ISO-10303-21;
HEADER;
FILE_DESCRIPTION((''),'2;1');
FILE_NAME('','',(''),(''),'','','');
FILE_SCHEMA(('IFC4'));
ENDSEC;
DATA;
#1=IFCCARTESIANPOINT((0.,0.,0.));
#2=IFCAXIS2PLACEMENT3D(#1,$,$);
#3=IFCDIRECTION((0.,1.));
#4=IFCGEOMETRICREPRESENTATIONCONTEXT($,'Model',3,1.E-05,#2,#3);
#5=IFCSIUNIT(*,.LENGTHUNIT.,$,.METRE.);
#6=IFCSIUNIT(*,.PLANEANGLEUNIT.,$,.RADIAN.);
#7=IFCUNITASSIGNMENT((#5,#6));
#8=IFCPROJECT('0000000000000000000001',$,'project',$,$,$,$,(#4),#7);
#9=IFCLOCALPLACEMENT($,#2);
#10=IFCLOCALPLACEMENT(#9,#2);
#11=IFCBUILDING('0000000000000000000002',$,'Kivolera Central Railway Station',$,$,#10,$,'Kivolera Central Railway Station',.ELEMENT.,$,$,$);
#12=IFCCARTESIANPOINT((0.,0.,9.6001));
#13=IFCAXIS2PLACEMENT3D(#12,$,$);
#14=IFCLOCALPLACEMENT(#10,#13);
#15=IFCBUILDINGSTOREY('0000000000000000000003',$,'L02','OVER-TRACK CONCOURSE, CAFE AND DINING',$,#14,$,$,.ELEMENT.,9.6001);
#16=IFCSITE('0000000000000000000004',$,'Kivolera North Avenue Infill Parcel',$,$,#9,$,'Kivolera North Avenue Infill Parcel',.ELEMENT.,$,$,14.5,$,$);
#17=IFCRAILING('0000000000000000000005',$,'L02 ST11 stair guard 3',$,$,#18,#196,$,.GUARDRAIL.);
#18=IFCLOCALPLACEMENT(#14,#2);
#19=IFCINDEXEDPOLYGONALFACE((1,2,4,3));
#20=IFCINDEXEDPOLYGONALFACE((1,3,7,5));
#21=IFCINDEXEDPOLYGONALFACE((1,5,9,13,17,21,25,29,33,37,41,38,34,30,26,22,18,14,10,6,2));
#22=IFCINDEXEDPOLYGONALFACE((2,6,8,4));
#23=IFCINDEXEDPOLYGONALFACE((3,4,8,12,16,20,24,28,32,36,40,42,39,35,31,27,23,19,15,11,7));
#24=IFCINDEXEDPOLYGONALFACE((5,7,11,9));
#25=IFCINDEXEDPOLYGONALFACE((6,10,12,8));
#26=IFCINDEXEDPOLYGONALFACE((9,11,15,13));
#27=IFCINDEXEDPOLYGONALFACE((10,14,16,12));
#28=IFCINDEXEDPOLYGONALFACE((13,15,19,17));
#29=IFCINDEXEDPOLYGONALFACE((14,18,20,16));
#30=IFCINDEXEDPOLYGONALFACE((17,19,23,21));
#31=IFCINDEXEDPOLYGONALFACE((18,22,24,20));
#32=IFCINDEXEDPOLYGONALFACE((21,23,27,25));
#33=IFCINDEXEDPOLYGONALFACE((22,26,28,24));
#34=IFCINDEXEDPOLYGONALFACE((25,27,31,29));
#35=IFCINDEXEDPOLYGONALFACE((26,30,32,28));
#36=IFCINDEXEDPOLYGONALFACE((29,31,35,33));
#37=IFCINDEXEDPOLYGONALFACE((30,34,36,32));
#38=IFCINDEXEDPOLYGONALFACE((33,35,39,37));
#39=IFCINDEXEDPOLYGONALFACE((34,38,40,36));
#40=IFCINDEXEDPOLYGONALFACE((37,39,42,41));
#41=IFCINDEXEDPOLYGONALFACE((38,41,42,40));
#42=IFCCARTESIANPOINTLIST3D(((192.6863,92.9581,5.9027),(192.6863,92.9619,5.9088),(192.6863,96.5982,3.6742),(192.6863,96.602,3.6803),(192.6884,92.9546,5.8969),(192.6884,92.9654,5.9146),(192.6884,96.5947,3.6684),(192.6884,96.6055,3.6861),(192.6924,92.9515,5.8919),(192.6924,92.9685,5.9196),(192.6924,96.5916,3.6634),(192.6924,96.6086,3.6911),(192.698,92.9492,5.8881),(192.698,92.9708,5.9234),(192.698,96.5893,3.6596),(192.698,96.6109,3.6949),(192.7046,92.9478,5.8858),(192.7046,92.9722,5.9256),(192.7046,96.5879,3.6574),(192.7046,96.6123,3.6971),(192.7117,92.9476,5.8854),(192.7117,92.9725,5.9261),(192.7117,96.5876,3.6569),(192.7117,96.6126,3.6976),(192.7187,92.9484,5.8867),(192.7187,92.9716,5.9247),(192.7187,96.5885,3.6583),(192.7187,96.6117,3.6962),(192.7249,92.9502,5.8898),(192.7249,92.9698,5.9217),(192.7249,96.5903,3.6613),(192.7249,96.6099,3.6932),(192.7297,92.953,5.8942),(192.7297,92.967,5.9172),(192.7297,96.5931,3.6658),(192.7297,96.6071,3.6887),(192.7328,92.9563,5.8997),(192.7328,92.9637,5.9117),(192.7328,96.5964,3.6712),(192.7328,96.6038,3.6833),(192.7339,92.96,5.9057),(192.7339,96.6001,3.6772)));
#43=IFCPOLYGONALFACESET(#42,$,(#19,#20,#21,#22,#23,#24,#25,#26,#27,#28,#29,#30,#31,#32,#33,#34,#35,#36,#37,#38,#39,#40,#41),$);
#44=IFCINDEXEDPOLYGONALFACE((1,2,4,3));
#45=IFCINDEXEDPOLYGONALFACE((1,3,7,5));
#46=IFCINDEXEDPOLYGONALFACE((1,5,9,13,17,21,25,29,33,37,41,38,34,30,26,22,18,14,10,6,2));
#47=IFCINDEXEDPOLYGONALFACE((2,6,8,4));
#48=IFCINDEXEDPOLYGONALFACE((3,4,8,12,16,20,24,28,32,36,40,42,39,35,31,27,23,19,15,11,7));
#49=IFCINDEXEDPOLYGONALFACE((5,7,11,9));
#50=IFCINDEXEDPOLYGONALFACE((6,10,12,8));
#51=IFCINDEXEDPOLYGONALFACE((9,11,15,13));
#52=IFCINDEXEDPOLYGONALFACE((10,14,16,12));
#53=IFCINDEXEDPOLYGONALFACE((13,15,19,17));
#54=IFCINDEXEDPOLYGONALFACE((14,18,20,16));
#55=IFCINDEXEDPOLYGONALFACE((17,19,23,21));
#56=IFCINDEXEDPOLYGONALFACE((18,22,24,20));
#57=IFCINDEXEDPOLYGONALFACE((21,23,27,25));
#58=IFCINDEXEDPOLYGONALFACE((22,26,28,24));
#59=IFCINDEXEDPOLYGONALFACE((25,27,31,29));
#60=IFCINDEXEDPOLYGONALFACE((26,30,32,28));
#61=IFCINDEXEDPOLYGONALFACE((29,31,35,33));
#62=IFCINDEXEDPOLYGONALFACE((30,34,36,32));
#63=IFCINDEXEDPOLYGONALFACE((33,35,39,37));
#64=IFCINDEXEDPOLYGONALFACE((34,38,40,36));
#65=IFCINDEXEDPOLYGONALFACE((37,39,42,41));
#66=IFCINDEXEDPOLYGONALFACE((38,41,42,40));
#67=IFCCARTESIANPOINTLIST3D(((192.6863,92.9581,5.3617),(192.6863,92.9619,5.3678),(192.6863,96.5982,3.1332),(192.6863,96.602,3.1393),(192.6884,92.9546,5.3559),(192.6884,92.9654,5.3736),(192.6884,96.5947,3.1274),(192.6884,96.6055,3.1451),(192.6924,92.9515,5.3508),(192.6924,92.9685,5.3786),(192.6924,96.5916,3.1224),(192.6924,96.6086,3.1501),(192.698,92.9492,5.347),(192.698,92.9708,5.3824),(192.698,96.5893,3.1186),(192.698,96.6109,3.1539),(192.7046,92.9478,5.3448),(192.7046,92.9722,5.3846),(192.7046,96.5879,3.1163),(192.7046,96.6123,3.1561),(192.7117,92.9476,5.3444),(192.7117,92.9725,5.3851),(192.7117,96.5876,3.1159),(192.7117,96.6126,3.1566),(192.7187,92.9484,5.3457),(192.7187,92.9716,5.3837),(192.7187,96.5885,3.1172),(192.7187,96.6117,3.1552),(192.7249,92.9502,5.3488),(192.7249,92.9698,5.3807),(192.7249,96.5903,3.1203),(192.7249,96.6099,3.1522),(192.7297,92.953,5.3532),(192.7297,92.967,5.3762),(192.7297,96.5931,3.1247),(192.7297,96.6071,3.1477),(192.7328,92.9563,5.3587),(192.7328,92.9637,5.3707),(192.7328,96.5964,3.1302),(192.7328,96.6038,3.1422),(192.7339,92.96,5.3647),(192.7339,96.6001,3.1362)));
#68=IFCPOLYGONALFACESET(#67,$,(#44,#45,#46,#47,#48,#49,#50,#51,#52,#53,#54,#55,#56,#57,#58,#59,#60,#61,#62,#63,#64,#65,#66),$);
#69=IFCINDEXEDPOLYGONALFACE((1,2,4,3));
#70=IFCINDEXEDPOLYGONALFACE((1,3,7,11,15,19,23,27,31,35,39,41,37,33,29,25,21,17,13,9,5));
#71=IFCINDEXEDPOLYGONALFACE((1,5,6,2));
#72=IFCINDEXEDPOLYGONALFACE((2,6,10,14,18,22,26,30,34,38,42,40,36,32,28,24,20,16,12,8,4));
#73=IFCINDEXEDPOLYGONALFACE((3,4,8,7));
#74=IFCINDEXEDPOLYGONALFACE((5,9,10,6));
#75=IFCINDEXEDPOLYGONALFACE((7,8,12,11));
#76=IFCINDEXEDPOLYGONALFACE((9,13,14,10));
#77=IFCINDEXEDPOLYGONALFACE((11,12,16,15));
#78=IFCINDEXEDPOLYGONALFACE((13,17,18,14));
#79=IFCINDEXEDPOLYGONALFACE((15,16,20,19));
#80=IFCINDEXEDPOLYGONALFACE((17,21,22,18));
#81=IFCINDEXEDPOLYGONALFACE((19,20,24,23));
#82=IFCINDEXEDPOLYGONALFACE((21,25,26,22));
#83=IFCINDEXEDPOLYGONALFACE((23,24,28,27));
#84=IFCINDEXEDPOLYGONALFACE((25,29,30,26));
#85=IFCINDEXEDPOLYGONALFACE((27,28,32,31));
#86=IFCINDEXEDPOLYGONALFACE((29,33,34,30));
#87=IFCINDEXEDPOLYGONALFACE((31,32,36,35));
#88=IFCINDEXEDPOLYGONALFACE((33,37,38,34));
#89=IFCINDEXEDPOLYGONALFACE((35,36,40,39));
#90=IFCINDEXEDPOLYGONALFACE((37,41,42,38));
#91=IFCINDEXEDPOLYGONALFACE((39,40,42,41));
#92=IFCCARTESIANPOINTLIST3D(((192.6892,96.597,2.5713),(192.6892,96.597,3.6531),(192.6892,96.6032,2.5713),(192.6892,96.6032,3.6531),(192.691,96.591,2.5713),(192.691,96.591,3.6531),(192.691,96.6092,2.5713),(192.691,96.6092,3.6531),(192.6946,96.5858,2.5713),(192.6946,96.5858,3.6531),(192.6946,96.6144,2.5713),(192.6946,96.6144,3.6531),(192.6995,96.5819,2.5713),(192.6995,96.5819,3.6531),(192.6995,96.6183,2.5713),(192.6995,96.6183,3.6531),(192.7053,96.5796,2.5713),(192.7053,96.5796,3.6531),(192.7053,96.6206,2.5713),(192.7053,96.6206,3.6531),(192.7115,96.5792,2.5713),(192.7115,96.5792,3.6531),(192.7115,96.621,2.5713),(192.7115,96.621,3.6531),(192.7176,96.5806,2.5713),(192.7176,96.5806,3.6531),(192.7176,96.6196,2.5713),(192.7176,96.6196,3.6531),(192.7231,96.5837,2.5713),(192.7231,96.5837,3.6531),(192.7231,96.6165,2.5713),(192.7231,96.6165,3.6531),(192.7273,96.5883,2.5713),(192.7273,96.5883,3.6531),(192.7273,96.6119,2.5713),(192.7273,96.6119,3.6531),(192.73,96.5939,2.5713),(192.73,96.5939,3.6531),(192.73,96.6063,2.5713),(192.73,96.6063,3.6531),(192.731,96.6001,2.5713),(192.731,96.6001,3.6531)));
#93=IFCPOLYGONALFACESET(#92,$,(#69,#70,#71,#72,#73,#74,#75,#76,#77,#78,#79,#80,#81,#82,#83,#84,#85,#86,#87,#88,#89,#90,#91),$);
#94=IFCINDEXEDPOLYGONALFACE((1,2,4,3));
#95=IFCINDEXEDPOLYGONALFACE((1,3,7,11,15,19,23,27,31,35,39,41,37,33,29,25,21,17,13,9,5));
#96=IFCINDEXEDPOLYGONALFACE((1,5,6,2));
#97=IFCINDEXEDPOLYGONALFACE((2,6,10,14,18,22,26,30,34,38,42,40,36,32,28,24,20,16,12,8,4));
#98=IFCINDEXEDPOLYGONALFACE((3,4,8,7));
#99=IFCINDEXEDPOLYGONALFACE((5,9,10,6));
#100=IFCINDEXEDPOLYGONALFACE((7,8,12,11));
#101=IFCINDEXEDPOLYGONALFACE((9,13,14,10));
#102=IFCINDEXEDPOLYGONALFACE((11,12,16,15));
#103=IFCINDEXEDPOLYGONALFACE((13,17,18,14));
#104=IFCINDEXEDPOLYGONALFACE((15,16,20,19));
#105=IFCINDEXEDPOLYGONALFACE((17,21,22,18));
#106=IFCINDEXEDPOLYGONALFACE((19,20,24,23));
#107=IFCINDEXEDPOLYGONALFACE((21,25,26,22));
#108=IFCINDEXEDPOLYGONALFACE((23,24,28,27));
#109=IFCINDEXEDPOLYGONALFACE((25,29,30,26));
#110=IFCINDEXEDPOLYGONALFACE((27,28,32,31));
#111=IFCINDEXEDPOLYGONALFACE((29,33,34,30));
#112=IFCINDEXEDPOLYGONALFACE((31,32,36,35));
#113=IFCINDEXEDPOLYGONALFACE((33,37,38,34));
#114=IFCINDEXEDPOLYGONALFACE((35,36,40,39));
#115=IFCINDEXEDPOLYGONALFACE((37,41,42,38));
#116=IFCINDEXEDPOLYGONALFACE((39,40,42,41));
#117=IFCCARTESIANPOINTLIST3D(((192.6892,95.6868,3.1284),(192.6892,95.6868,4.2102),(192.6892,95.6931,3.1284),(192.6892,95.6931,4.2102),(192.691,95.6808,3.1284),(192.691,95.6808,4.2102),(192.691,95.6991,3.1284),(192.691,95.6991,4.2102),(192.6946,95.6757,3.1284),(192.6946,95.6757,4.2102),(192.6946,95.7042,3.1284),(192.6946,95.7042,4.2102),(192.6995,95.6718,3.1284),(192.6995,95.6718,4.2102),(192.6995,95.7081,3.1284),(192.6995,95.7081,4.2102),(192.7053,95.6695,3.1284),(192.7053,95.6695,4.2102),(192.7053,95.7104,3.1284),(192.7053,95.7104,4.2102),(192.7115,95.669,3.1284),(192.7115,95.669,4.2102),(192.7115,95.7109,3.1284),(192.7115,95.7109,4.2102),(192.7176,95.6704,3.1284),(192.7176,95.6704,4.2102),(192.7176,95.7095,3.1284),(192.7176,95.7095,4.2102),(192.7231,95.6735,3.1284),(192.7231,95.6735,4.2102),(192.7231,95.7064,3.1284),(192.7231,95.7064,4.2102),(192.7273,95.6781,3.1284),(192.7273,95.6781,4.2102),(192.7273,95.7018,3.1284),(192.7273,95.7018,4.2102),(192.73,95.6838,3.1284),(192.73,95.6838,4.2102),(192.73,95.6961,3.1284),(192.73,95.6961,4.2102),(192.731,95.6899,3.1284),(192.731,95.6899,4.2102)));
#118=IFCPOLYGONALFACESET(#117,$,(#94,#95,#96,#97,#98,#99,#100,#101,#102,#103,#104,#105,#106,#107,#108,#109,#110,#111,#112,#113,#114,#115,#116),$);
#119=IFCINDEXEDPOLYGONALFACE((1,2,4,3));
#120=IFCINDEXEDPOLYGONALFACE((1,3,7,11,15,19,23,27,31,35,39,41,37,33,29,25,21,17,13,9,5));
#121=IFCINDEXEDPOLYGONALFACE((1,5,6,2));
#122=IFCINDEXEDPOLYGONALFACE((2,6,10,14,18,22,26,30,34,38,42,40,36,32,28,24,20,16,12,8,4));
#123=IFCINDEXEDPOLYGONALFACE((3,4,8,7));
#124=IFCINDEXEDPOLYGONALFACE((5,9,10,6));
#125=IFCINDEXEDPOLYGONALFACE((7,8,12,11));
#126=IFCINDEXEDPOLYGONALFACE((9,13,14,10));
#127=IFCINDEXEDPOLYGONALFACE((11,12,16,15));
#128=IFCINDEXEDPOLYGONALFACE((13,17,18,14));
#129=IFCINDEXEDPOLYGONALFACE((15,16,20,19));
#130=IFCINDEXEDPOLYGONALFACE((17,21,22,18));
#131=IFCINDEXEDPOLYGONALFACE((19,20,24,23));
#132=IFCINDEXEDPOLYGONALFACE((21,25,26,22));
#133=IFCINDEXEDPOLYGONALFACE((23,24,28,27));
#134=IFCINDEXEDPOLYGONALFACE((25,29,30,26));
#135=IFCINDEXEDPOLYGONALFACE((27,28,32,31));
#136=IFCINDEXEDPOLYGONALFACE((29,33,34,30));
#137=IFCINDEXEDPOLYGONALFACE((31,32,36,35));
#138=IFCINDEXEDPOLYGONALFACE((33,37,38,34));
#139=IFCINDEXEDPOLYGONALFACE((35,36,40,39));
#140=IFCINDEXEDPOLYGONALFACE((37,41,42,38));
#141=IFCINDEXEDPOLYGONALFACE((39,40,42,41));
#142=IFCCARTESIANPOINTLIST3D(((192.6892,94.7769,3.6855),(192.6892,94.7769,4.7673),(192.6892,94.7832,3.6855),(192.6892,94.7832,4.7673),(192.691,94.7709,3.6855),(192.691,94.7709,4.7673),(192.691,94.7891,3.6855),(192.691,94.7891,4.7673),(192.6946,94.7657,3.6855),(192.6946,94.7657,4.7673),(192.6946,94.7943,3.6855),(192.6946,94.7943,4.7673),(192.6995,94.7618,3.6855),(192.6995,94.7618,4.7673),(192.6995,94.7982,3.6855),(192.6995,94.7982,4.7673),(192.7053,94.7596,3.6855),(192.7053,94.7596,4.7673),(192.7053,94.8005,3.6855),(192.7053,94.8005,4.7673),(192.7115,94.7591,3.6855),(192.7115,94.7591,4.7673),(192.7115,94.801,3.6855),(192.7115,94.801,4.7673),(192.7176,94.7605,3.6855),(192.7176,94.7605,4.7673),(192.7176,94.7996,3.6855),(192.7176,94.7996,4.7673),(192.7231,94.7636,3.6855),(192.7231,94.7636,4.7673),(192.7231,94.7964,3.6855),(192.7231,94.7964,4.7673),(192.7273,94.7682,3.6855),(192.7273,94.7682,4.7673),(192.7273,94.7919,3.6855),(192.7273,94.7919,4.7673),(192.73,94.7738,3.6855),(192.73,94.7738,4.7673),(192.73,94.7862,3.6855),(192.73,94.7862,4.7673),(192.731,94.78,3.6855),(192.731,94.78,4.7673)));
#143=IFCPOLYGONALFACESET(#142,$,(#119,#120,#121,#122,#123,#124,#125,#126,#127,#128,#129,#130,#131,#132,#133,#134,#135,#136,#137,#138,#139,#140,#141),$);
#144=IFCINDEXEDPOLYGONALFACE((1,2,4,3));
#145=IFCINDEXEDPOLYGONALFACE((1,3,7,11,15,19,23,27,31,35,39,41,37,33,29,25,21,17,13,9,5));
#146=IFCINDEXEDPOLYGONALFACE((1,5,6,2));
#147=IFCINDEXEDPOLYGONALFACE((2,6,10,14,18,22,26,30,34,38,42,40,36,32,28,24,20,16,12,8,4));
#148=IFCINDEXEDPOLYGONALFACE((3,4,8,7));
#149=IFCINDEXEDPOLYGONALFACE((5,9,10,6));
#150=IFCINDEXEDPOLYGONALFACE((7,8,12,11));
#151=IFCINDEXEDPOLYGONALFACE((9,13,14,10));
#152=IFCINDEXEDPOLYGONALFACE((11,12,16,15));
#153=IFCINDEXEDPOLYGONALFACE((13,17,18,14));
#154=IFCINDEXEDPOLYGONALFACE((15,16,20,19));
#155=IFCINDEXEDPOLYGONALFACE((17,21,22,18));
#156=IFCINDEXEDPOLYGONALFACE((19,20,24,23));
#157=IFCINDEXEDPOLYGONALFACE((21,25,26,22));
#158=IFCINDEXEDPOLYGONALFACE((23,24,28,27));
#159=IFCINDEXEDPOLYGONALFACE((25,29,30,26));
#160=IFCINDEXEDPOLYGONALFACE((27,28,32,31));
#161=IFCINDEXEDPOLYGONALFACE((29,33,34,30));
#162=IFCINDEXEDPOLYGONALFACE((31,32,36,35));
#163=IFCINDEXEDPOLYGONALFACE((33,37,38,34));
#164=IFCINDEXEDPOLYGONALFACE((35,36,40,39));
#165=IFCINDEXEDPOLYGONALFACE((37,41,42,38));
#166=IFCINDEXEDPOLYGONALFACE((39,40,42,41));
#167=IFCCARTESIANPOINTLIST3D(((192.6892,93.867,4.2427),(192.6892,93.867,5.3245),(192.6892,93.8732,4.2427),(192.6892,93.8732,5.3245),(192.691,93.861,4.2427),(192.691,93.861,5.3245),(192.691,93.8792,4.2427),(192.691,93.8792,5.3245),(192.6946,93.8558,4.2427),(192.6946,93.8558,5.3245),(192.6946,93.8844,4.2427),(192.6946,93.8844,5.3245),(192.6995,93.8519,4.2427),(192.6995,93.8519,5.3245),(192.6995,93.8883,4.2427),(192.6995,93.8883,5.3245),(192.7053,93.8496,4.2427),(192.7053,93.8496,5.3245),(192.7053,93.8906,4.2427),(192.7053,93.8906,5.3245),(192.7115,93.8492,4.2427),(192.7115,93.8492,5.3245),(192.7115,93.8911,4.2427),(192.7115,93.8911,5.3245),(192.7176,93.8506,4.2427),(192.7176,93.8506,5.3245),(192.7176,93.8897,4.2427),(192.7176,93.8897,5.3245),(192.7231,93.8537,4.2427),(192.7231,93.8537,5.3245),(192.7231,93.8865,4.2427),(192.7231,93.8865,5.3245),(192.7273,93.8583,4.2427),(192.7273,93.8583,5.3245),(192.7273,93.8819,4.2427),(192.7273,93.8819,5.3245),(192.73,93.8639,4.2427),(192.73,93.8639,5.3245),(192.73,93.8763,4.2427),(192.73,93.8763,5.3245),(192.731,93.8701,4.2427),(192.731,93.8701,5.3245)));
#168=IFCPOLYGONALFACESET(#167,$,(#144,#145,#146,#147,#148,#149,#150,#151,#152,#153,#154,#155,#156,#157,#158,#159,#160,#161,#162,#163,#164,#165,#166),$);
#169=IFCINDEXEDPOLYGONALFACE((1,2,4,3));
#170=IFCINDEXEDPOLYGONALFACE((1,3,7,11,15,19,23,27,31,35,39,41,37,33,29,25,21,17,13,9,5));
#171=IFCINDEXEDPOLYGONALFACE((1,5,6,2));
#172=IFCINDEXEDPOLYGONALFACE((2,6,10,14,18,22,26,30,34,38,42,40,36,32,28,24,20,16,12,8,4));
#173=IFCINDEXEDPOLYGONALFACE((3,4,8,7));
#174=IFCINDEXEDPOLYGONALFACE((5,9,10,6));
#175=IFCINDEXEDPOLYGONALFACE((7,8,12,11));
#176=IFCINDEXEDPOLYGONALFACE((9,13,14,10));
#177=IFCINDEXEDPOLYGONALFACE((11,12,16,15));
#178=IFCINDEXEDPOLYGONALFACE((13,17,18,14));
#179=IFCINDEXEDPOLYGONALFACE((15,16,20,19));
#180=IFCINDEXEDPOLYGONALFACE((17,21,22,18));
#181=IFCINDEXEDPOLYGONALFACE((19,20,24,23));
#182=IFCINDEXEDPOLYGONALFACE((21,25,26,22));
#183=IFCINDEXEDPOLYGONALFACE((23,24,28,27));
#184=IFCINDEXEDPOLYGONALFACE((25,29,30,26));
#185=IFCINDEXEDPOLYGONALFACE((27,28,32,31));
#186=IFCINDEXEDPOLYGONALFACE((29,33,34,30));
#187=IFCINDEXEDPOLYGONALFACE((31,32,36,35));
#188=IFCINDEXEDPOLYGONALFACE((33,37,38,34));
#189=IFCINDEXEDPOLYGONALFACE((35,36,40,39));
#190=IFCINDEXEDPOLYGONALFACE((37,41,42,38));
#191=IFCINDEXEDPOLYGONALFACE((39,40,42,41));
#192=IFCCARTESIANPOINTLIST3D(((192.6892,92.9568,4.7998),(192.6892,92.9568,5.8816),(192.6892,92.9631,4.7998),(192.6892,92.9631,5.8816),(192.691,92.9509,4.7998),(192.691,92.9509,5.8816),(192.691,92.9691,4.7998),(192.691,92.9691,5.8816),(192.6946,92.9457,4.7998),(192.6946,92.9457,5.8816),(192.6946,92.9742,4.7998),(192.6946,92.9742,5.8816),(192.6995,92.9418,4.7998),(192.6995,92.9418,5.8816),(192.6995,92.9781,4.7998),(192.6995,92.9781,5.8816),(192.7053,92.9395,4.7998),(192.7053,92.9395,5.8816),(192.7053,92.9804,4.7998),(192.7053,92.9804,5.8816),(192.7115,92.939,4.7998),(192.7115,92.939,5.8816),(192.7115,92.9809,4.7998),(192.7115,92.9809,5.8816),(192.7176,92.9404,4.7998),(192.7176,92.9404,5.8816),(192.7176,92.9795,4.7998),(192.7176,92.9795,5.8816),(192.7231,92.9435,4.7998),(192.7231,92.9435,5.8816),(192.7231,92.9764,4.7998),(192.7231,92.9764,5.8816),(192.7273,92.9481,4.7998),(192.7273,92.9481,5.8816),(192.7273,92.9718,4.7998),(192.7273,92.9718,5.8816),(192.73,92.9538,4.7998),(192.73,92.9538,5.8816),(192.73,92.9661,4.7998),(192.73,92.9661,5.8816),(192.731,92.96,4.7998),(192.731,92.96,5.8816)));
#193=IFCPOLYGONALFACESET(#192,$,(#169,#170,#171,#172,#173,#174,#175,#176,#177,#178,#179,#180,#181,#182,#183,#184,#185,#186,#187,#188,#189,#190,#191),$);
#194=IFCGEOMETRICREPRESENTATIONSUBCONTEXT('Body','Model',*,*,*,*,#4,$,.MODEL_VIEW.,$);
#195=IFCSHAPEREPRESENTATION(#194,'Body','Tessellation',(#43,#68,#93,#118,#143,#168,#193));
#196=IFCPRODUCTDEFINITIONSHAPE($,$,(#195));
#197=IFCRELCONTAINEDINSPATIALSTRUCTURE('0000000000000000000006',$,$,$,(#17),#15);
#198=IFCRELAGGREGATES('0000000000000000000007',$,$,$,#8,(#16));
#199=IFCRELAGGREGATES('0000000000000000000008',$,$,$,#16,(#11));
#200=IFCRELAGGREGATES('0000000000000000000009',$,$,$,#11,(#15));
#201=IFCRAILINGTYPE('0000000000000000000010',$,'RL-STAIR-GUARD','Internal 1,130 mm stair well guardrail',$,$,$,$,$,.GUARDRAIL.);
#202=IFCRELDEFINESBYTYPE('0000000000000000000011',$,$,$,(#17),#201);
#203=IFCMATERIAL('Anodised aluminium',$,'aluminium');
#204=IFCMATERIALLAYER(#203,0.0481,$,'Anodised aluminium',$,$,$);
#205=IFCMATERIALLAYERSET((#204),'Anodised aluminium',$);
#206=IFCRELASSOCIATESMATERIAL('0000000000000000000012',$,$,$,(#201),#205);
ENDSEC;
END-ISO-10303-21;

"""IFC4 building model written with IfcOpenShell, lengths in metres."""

from ifc_helpers import new_model, si_unit, direction, frame, origin, origin_2d, place, context, subcontext, project, spatial, circle, extrude, material, layer, layer_set, type_object, element, save


model = new_model("IFC4")

# Units and contexts
model_context = context("Model", 3, precision=1e-05, world=origin(), true_north=direction((0.0, 1.0)))
body_context = subcontext(model_context, "Body", "Model", "MODEL_VIEW")
ifc_project = project(units=[si_unit("LENGTHUNIT", "METRE"), si_unit("PLANEANGLEUNIT", "RADIAN")], contexts=[model_context])

# Site, building, storey
site_placement = place(None, origin())
site = spatial("IfcSite", under=ifc_project, at=site_placement, Name="Kivolera North Avenue Infill Parcel", LongName="Kivolera North Avenue Infill Parcel", CompositionType="ELEMENT", RefElevation=14.5)
building_placement = place(site_placement, origin())
building = spatial("IfcBuilding", under=site, at=building_placement, Name="Kivolera Central Railway Station", LongName="Kivolera Central Railway Station", CompositionType="ELEMENT")
storey_placement = place(building_placement, frame((0.0, 0.0, 9.6001)))
storey = spatial("IfcBuildingStorey", under=building, at=storey_placement, Name="L02", Description="OVER-TRACK CONCOURSE, CAFE AND DINING", CompositionType="ELEMENT", Elevation=9.6001)

# Shared definitions
ifc_material_1 = material(Name="Anodised aluminium", Category="aluminium")

# Railing
ifc_layer_1 = layer(ifc_material_1, 0.0481, Name="Anodised aluminium")
ifc_layer_set_1 = layer_set([ifc_layer_1], Name="Anodised aluminium")
railing_type_1 = type_object("IfcRailingType", Name="RL-STAIR-GUARD", Description="Internal 1,130 mm stair well guardrail", PredefinedType="GUARDRAIL", material=ifc_layer_set_1)
railing_1_placement = place(storey_placement, frame((192.71, 96.6001, 2.5713)))
element("IfcRailing", 1, at=railing_1_placement, inside=storey, type_object=railing_type_1, Name="L02 ST11 stair guard 3", PredefinedType="GUARDRAIL", context=body_context, shape_type="SweptSolid", body=[
    extrude(circle(Radius=0.0239, at=origin_2d()), frame((0.0, 0.0, 1.106), z_axis=(0.0, -0.852866, 0.52213), x_axis=(1.0, 0.0, 0.0)), (0.0, 0.0, 1.0), 4.2681),
    extrude(circle(Radius=0.0239, at=origin_2d()), frame((0.0, 0.0, 0.5649), z_axis=(0.0, -0.852866, 0.52213), x_axis=(1.0, 0.0, 0.0)), (0.0, 0.0, 1.0), 4.2681),
    extrude(circle(Radius=0.021, at=origin_2d()), origin(), (0.0, 0.0, 1.0), 1.0818),
    extrude(circle(Radius=0.021, at=origin_2d()), frame((0.0, -0.9102, 0.5571)), (0.0, 0.0, 1.0), 1.0818),
    extrude(circle(Radius=0.021, at=origin_2d()), frame((0.0, -1.8201, 1.1143)), (0.0, 0.0, 1.0), 1.0818),
    extrude(circle(Radius=0.021, at=origin_2d()), frame((0.0, -2.73, 1.6714)), (0.0, 0.0, 1.0), 1.0818),
    extrude(circle(Radius=0.021, at=origin_2d()), frame((0.0, -3.6401, 2.2285)), (0.0, 0.0, 1.0), 1.0818),
])

save(model, "model.ifc")
